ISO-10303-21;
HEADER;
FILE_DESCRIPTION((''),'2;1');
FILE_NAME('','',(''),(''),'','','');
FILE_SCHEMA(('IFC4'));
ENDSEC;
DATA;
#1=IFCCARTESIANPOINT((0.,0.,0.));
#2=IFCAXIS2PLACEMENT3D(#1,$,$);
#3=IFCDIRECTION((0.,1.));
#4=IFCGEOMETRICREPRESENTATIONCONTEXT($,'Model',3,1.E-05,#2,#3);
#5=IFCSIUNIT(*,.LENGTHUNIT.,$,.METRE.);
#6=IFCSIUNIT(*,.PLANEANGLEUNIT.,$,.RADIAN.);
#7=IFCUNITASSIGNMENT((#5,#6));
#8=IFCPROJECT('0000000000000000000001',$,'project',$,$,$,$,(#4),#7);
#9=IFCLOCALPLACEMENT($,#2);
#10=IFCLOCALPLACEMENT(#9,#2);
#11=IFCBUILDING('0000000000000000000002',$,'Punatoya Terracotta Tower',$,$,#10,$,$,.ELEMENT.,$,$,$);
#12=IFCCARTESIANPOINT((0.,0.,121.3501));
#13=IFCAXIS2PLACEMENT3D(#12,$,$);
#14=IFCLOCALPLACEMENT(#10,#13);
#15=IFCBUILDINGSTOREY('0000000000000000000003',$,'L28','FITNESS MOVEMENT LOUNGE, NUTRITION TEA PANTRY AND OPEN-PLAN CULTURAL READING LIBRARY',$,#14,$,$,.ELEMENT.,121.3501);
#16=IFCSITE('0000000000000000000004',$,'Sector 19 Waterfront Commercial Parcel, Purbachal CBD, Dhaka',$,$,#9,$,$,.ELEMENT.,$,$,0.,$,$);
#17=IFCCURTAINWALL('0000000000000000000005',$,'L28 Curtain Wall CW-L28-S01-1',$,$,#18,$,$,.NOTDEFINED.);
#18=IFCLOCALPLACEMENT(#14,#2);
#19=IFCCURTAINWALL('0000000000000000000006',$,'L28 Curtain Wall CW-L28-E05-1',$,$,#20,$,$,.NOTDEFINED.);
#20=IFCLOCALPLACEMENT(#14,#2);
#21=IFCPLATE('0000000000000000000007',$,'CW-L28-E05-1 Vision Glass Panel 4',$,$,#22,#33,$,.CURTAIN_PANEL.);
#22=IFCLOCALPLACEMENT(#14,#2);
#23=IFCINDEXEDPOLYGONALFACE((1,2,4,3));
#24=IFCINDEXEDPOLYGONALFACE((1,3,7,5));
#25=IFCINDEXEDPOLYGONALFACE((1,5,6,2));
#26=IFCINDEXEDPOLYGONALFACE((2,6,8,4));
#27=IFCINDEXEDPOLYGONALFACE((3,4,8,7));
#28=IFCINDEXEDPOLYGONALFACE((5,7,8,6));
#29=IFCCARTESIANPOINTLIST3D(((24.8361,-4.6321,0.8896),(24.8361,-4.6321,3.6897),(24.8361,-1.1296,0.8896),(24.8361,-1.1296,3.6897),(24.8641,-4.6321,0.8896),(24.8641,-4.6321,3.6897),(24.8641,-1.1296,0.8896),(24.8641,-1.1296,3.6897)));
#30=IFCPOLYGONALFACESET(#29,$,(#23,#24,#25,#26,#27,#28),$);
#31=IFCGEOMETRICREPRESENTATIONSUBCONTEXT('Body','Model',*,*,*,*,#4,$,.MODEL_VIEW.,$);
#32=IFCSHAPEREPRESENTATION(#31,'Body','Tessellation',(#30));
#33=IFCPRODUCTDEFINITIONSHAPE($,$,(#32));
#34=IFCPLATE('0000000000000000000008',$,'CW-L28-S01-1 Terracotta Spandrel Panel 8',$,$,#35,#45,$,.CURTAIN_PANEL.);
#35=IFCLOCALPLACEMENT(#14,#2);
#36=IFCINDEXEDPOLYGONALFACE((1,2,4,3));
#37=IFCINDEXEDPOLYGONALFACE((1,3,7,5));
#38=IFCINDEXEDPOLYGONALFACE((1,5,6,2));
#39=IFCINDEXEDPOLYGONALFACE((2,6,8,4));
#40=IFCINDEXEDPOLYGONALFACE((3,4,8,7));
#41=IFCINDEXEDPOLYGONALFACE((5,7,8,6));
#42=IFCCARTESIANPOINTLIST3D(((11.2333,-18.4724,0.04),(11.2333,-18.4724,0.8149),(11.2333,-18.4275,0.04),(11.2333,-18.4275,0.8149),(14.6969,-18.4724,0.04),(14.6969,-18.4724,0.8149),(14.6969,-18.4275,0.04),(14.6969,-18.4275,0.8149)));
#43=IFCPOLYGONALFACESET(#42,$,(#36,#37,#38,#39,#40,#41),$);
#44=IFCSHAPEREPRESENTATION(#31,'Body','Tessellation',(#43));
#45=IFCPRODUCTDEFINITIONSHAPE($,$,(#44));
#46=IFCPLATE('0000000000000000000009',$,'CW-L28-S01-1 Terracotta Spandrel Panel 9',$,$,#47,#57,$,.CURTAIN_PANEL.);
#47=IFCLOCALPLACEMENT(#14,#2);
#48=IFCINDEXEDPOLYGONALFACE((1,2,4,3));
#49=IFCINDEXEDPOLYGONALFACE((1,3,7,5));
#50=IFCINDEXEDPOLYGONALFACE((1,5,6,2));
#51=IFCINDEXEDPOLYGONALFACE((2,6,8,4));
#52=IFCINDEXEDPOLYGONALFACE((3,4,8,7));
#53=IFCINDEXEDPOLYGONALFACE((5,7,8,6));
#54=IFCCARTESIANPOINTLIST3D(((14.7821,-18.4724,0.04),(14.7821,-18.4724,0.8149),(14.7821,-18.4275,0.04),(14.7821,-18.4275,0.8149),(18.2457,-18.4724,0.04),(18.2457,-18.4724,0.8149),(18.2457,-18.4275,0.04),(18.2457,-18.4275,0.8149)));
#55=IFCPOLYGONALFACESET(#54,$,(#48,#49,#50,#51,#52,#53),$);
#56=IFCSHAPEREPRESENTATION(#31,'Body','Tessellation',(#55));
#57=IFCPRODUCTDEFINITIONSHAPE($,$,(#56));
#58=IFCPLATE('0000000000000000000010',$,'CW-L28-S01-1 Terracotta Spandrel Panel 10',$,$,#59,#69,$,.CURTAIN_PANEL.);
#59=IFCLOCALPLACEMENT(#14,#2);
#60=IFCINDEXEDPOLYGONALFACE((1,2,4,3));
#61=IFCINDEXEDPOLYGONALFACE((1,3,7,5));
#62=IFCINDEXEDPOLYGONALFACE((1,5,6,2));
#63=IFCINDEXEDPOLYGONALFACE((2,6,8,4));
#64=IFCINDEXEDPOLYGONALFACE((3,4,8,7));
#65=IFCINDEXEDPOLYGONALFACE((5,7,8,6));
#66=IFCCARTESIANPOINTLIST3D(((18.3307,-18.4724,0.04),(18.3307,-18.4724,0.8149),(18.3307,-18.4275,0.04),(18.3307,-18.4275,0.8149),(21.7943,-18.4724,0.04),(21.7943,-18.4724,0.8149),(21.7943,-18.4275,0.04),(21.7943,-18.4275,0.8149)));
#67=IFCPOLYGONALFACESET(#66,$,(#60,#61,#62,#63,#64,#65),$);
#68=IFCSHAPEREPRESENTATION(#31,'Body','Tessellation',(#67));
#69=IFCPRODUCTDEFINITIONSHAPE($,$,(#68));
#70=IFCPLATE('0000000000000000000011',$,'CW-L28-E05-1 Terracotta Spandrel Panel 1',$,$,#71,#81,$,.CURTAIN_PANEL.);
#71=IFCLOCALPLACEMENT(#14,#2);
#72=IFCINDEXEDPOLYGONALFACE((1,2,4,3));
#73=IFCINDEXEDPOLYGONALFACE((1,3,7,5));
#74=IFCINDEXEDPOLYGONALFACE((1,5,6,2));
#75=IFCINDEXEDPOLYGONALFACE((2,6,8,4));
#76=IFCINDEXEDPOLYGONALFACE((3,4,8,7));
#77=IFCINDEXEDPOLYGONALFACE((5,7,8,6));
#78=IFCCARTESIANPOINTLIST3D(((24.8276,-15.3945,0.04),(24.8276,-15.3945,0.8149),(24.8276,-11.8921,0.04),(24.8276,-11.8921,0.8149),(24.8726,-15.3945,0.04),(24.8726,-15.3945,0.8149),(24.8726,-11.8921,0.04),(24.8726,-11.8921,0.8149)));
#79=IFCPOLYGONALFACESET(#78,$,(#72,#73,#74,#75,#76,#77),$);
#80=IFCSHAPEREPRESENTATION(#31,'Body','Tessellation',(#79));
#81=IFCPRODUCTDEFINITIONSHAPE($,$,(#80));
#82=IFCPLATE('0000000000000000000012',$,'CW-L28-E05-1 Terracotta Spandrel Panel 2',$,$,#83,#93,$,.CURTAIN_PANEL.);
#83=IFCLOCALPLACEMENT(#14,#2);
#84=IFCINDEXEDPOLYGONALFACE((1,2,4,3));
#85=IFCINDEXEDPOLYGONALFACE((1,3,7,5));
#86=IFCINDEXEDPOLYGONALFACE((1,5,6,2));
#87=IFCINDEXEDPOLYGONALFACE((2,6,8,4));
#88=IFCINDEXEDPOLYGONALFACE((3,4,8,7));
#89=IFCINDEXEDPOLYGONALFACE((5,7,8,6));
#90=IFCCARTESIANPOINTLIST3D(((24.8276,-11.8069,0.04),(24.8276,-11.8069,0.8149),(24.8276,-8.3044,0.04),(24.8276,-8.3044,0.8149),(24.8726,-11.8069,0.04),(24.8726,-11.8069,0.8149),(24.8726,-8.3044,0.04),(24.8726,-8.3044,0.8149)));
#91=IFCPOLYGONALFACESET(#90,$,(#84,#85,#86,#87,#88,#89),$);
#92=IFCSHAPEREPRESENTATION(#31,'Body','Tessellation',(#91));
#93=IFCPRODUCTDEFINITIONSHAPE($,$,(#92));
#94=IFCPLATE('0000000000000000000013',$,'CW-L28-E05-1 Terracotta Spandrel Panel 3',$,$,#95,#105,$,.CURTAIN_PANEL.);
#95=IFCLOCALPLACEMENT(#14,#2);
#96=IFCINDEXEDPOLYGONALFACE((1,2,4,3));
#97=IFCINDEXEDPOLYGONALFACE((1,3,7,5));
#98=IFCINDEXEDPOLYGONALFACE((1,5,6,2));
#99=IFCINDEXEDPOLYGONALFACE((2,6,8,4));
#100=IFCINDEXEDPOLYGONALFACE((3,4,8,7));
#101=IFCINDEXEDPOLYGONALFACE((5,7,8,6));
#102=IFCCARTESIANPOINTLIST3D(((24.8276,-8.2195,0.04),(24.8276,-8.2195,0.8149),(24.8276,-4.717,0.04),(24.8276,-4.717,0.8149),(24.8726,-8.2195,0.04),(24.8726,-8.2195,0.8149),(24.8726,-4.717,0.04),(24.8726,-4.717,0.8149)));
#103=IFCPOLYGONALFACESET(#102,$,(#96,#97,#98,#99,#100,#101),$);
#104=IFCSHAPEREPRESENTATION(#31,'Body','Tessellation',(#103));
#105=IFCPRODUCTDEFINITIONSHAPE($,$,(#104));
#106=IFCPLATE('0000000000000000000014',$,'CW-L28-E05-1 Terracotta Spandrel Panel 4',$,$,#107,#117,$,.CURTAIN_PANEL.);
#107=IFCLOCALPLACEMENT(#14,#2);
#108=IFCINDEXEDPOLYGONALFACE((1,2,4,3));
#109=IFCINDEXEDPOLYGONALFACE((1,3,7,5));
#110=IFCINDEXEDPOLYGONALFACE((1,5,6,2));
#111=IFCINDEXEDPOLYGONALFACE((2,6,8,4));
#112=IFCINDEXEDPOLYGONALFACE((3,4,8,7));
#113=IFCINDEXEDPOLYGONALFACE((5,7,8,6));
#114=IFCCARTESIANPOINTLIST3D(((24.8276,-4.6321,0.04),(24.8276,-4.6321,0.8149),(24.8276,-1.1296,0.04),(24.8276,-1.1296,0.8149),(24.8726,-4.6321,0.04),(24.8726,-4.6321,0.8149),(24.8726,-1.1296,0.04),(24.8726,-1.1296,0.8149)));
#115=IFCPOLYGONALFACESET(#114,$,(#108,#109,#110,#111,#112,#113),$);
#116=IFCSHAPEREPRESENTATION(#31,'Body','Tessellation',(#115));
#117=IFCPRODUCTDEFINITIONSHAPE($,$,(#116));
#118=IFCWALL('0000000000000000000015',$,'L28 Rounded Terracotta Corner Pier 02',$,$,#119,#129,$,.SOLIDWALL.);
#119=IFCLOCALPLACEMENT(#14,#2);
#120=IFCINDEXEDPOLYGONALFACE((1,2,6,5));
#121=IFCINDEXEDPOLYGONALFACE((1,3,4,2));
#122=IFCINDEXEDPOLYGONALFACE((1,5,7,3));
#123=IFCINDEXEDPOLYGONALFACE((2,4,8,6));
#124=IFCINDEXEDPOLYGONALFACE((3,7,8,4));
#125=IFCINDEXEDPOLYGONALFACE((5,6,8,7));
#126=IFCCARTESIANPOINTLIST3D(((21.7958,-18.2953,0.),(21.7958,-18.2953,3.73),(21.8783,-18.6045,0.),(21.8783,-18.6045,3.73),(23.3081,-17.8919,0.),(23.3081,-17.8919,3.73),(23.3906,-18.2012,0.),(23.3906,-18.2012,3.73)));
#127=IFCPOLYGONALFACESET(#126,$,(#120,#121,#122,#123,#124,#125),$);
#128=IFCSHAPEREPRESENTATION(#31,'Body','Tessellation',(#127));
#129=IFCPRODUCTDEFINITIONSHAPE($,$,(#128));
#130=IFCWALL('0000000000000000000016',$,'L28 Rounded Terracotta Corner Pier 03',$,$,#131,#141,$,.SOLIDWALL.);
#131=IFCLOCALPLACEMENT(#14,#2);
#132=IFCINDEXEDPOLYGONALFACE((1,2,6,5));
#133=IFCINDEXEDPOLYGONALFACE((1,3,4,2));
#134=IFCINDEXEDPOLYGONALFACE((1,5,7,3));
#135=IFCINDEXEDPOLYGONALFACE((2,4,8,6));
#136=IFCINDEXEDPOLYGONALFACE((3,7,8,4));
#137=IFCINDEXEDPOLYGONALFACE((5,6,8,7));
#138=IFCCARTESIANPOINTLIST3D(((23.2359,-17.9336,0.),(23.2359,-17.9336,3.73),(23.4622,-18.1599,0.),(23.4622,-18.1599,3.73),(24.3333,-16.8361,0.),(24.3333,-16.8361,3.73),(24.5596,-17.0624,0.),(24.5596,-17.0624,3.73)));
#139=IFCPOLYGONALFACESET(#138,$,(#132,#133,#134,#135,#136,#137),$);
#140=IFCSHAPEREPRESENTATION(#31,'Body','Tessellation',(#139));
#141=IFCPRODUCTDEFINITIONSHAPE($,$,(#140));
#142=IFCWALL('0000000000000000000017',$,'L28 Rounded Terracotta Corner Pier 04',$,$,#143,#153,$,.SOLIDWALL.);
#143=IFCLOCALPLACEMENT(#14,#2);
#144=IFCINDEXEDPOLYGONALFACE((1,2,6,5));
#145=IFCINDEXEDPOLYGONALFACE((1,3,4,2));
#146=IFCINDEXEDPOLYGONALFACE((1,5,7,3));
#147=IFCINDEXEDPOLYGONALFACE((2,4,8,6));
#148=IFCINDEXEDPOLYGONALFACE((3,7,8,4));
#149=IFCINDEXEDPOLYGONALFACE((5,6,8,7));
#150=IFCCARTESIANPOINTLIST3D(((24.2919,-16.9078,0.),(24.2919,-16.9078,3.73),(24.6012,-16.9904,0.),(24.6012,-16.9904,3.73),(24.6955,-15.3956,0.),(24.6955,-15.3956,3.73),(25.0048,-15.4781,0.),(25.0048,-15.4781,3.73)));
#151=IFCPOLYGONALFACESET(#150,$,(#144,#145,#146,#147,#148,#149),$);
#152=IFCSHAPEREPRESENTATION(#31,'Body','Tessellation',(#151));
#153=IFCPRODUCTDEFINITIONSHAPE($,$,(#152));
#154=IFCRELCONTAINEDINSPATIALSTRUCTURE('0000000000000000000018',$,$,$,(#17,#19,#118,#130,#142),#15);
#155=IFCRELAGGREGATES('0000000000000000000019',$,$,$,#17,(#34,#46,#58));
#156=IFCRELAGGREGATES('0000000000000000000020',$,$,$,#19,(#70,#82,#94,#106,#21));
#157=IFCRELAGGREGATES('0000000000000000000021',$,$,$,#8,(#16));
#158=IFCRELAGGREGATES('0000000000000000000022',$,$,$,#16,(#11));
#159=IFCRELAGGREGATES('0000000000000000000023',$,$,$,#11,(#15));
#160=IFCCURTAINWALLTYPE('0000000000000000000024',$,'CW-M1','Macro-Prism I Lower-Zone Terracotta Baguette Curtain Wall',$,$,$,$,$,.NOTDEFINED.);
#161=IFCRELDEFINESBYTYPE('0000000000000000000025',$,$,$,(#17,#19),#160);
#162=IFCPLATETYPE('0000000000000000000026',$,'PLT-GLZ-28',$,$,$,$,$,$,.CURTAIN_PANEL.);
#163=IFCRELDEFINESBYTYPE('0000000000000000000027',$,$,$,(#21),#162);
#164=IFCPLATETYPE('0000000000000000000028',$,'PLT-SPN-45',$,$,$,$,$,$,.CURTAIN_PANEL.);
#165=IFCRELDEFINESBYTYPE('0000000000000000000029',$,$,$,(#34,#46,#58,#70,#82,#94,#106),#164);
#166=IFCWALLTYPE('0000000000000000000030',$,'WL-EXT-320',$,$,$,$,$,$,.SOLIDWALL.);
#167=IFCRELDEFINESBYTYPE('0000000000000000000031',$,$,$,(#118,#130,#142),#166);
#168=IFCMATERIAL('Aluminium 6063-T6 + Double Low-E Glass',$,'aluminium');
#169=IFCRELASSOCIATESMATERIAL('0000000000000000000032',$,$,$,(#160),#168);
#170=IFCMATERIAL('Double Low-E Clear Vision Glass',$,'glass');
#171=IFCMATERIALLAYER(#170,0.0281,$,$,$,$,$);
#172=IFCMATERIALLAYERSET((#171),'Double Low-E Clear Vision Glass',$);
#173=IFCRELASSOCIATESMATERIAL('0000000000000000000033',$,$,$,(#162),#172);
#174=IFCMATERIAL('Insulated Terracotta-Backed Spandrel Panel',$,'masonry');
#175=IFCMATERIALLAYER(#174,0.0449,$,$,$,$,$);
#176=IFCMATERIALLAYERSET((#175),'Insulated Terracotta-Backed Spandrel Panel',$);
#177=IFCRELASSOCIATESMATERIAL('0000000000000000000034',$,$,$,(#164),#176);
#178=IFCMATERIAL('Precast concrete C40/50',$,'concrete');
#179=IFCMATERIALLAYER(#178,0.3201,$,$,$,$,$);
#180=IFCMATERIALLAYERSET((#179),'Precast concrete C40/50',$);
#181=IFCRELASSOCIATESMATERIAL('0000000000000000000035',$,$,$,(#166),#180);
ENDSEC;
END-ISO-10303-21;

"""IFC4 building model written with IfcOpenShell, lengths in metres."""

from ifc_helpers import new_model, si_unit, direction, frame, frame_2d, origin, origin_2d, place, context, subcontext, project, spatial, rectangle, extrude, material, layer, layer_set, type_object, element, aggregate, save


model = new_model("IFC4")

# Units and contexts
model_context = context("Model", 3, precision=1e-05, world=origin(), true_north=direction((0.0, 1.0)))
body_context = subcontext(model_context, "Body", "Model", "MODEL_VIEW")
ifc_project = project(units=[si_unit("LENGTHUNIT", "METRE"), si_unit("PLANEANGLEUNIT", "RADIAN")], contexts=[model_context])

# Site, building, storey
site_placement = place(None, origin())
site = spatial("IfcSite", under=ifc_project, at=site_placement, Name="Sector 19 Waterfront Commercial Parcel, Purbachal CBD, Dhaka", CompositionType="ELEMENT", RefElevation=0.0)
building_placement = place(site_placement, origin())
building = spatial("IfcBuilding", under=site, at=building_placement, Name="Punatoya Terracotta Tower", CompositionType="ELEMENT")
storey_placement = place(building_placement, frame((0.0, 0.0, 121.3501)))
storey = spatial("IfcBuildingStorey", under=building, at=storey_placement, Name="L28", Description="FITNESS MOVEMENT LOUNGE, NUTRITION TEA PANTRY AND OPEN-PLAN CULTURAL READING LIBRARY", CompositionType="ELEMENT", Elevation=121.3501)

# Curtain walls
ifc_material_1 = material(Name="Aluminium 6063-T6 + Double Low-E Glass", Category="aluminium")
curtain_wall_type = type_object("IfcCurtainWallType", Name="CW-M1", Description="Macro-Prism I Lower-Zone Terracotta Baguette Curtain Wall", PredefinedType="NOTDEFINED", material=ifc_material_1)
curtain_wall_1_placement = place(storey_placement, origin())
curtain_wall_1 = element("IfcCurtainWall", 1, at=curtain_wall_1_placement, inside=storey, type_object=curtain_wall_type, Name="L28 Curtain Wall CW-L28-S01-1", PredefinedType="NOTDEFINED")
curtain_wall_2_placement = place(storey_placement, origin())
curtain_wall_2 = element("IfcCurtainWall", 2, at=curtain_wall_2_placement, inside=storey, type_object=curtain_wall_type, Name="L28 Curtain Wall CW-L28-E05-1", PredefinedType="NOTDEFINED")

# Plates
ifc_material_2 = material(Name="Double Low-E Clear Vision Glass", Category="glass")
ifc_layer_1 = layer(ifc_material_2, 0.0281)
ifc_layer_set_1 = layer_set([ifc_layer_1], Name="Double Low-E Clear Vision Glass")
plate_type_1 = type_object("IfcPlateType", Name="PLT-GLZ-28", PredefinedType="CURTAIN_PANEL", material=ifc_layer_set_1)
plate_1_placement = place(storey_placement, frame((24.8501, -2.8809, 0.8896), z_axis=(0.0, 0.0, 1.0), x_axis=(0.0, 1.0, 0.0)))
plate_1 = element("IfcPlate", 3, at=plate_1_placement, type_object=plate_type_1, Name="CW-L28-E05-1 Vision Glass Panel 4", PredefinedType="CURTAIN_PANEL", context=body_context, shape_type="SweptSolid", body=[
    extrude(rectangle(XDim=3.5024, YDim=0.0281, at=origin_2d()), origin(), (0.0, 0.0, 1.0), 2.8),
])
ifc_material_3 = material(Name="Insulated Terracotta-Backed Spandrel Panel", Category="masonry")
ifc_layer_2 = layer(ifc_material_3, 0.0449)
ifc_layer_set_2 = layer_set([ifc_layer_2], Name="Insulated Terracotta-Backed Spandrel Panel")
plate_type_2 = type_object("IfcPlateType", Name="PLT-SPN-45", PredefinedType="CURTAIN_PANEL", material=ifc_layer_set_2)
plate_2_placement = place(storey_placement, frame((12.9651, -18.45, 0.04), z_axis=(0.0, 0.0, 1.0), x_axis=(1.0, 0.0, 0.0)))
plate_2 = element("IfcPlate", 4, at=plate_2_placement, type_object=plate_type_2, Name="CW-L28-S01-1 Terracotta Spandrel Panel 8", PredefinedType="CURTAIN_PANEL", context=body_context, shape_type="SweptSolid", body=[
    extrude(rectangle(XDim=3.4636, YDim=0.0449, at=origin_2d()), origin(), (0.0, 0.0, 1.0), 0.7749),
])
plate_3_placement = place(storey_placement, frame((16.5139, -18.45, 0.04), z_axis=(0.0, 0.0, 1.0), x_axis=(1.0, 0.0, 0.0)))
plate_3 = element("IfcPlate", 5, at=plate_3_placement, type_object=plate_type_2, Name="CW-L28-S01-1 Terracotta Spandrel Panel 9", PredefinedType="CURTAIN_PANEL", context=body_context, shape_type="SweptSolid", body=[
    extrude(rectangle(XDim=3.4636, YDim=0.0449, at=origin_2d()), origin(), (0.0, 0.0, 1.0), 0.7749),
])
plate_4_placement = place(storey_placement, frame((20.0625, -18.45, 0.04), z_axis=(0.0, 0.0, 1.0), x_axis=(1.0, 0.0, 0.0)))
plate_4 = element("IfcPlate", 6, at=plate_4_placement, type_object=plate_type_2, Name="CW-L28-S01-1 Terracotta Spandrel Panel 10", PredefinedType="CURTAIN_PANEL", context=body_context, shape_type="SweptSolid", body=[
    extrude(rectangle(XDim=3.4636, YDim=0.0449, at=origin_2d()), origin(), (0.0, 0.0, 1.0), 0.7749),
])
aggregate(curtain_wall_1, [plate_2, plate_3, plate_4])
plate_5_placement = place(storey_placement, frame((24.8501, -13.6433, 0.04), z_axis=(0.0, 0.0, 1.0), x_axis=(0.0, 1.0, 0.0)))
plate_5 = element("IfcPlate", 7, at=plate_5_placement, type_object=plate_type_2, Name="CW-L28-E05-1 Terracotta Spandrel Panel 1", PredefinedType="CURTAIN_PANEL", context=body_context, shape_type="SweptSolid", body=[
    extrude(rectangle(XDim=3.5024, YDim=0.0449, at=origin_2d()), origin(), (0.0, 0.0, 1.0), 0.7749),
])
plate_6_placement = place(storey_placement, frame((24.8501, -10.0557, 0.04), z_axis=(0.0, 0.0, 1.0), x_axis=(0.0, 1.0, 0.0)))
plate_6 = element("IfcPlate", 8, at=plate_6_placement, type_object=plate_type_2, Name="CW-L28-E05-1 Terracotta Spandrel Panel 2", PredefinedType="CURTAIN_PANEL", context=body_context, shape_type="SweptSolid", body=[
    extrude(rectangle(XDim=3.5024, YDim=0.0449, at=origin_2d()), origin(), (0.0, 0.0, 1.0), 0.7749),
])
plate_7_placement = place(storey_placement, frame((24.8501, -6.4683, 0.04), z_axis=(0.0, 0.0, 1.0), x_axis=(0.0, 1.0, 0.0)))
plate_7 = element("IfcPlate", 9, at=plate_7_placement, type_object=plate_type_2, Name="CW-L28-E05-1 Terracotta Spandrel Panel 3", PredefinedType="CURTAIN_PANEL", context=body_context, shape_type="SweptSolid", body=[
    extrude(rectangle(XDim=3.5024, YDim=0.0449, at=origin_2d()), origin(), (0.0, 0.0, 1.0), 0.7749),
])
plate_8_placement = place(storey_placement, frame((24.8501, -2.8809, 0.04), z_axis=(0.0, 0.0, 1.0), x_axis=(0.0, 1.0, 0.0)))
plate_8 = element("IfcPlate", 10, at=plate_8_placement, type_object=plate_type_2, Name="CW-L28-E05-1 Terracotta Spandrel Panel 4", PredefinedType="CURTAIN_PANEL", context=body_context, shape_type="SweptSolid", body=[
    extrude(rectangle(XDim=3.5024, YDim=0.0449, at=origin_2d()), origin(), (0.0, 0.0, 1.0), 0.7749),
])
aggregate(curtain_wall_2, [plate_5, plate_6, plate_7, plate_8, plate_1])

# Walls
ifc_material_4 = material(Name="Precast concrete C40/50", Category="concrete")
ifc_layer_3 = layer(ifc_material_4, 0.3201)
ifc_layer_set_3 = layer_set([ifc_layer_3], Name="Precast concrete C40/50")
wall_type = type_object("IfcWallType", Name="WL-EXT-320", PredefinedType="SOLIDWALL", material=ifc_layer_set_3)
wall_1_placement = place(storey_placement, frame((21.8369, -18.45, 0.0), z_axis=(0.0, 0.0, 1.0), x_axis=(0.966225, 0.257701, 0.0)))
element("IfcWall", 11, at=wall_1_placement, inside=storey, type_object=wall_type, Name="L28 Rounded Terracotta Corner Pier 02", PredefinedType="SOLIDWALL", context=body_context, shape_type="SweptSolid", body=[
    extrude(rectangle(XDim=1.5652, YDim=0.3201, at=frame_2d((0.7827, 0.0))), origin(), (0.0, 0.0, 1.0), 3.73),
])
wall_2_placement = place(storey_placement, frame((23.3491, -18.0466, 0.0), z_axis=(0.0, 0.0, 1.0), x_axis=(0.707107, 0.707107, 0.0)))
element("IfcWall", 12, at=wall_2_placement, inside=storey, type_object=wall_type, Name="L28 Rounded Terracotta Corner Pier 03", PredefinedType="SOLIDWALL", context=body_context, shape_type="SweptSolid", body=[
    extrude(rectangle(XDim=1.552, YDim=0.3201, at=frame_2d((0.7759, 0.0))), origin(), (0.0, 0.0, 1.0), 3.73),
])
wall_3_placement = place(storey_placement, frame((24.4465, -16.9492, 0.0), z_axis=(0.0, 0.0, 1.0), x_axis=(0.257847, 0.966186, 0.0)))
element("IfcWall", 13, at=wall_3_placement, inside=storey, type_object=wall_type, Name="L28 Rounded Terracotta Corner Pier 04", PredefinedType="SOLIDWALL", context=body_context, shape_type="SweptSolid", body=[
    extrude(rectangle(XDim=1.5652, YDim=0.3201, at=frame_2d((0.7827, 0.0))), origin(), (0.0, 0.0, 1.0), 3.73),
])

save(model, "model.ifc")
